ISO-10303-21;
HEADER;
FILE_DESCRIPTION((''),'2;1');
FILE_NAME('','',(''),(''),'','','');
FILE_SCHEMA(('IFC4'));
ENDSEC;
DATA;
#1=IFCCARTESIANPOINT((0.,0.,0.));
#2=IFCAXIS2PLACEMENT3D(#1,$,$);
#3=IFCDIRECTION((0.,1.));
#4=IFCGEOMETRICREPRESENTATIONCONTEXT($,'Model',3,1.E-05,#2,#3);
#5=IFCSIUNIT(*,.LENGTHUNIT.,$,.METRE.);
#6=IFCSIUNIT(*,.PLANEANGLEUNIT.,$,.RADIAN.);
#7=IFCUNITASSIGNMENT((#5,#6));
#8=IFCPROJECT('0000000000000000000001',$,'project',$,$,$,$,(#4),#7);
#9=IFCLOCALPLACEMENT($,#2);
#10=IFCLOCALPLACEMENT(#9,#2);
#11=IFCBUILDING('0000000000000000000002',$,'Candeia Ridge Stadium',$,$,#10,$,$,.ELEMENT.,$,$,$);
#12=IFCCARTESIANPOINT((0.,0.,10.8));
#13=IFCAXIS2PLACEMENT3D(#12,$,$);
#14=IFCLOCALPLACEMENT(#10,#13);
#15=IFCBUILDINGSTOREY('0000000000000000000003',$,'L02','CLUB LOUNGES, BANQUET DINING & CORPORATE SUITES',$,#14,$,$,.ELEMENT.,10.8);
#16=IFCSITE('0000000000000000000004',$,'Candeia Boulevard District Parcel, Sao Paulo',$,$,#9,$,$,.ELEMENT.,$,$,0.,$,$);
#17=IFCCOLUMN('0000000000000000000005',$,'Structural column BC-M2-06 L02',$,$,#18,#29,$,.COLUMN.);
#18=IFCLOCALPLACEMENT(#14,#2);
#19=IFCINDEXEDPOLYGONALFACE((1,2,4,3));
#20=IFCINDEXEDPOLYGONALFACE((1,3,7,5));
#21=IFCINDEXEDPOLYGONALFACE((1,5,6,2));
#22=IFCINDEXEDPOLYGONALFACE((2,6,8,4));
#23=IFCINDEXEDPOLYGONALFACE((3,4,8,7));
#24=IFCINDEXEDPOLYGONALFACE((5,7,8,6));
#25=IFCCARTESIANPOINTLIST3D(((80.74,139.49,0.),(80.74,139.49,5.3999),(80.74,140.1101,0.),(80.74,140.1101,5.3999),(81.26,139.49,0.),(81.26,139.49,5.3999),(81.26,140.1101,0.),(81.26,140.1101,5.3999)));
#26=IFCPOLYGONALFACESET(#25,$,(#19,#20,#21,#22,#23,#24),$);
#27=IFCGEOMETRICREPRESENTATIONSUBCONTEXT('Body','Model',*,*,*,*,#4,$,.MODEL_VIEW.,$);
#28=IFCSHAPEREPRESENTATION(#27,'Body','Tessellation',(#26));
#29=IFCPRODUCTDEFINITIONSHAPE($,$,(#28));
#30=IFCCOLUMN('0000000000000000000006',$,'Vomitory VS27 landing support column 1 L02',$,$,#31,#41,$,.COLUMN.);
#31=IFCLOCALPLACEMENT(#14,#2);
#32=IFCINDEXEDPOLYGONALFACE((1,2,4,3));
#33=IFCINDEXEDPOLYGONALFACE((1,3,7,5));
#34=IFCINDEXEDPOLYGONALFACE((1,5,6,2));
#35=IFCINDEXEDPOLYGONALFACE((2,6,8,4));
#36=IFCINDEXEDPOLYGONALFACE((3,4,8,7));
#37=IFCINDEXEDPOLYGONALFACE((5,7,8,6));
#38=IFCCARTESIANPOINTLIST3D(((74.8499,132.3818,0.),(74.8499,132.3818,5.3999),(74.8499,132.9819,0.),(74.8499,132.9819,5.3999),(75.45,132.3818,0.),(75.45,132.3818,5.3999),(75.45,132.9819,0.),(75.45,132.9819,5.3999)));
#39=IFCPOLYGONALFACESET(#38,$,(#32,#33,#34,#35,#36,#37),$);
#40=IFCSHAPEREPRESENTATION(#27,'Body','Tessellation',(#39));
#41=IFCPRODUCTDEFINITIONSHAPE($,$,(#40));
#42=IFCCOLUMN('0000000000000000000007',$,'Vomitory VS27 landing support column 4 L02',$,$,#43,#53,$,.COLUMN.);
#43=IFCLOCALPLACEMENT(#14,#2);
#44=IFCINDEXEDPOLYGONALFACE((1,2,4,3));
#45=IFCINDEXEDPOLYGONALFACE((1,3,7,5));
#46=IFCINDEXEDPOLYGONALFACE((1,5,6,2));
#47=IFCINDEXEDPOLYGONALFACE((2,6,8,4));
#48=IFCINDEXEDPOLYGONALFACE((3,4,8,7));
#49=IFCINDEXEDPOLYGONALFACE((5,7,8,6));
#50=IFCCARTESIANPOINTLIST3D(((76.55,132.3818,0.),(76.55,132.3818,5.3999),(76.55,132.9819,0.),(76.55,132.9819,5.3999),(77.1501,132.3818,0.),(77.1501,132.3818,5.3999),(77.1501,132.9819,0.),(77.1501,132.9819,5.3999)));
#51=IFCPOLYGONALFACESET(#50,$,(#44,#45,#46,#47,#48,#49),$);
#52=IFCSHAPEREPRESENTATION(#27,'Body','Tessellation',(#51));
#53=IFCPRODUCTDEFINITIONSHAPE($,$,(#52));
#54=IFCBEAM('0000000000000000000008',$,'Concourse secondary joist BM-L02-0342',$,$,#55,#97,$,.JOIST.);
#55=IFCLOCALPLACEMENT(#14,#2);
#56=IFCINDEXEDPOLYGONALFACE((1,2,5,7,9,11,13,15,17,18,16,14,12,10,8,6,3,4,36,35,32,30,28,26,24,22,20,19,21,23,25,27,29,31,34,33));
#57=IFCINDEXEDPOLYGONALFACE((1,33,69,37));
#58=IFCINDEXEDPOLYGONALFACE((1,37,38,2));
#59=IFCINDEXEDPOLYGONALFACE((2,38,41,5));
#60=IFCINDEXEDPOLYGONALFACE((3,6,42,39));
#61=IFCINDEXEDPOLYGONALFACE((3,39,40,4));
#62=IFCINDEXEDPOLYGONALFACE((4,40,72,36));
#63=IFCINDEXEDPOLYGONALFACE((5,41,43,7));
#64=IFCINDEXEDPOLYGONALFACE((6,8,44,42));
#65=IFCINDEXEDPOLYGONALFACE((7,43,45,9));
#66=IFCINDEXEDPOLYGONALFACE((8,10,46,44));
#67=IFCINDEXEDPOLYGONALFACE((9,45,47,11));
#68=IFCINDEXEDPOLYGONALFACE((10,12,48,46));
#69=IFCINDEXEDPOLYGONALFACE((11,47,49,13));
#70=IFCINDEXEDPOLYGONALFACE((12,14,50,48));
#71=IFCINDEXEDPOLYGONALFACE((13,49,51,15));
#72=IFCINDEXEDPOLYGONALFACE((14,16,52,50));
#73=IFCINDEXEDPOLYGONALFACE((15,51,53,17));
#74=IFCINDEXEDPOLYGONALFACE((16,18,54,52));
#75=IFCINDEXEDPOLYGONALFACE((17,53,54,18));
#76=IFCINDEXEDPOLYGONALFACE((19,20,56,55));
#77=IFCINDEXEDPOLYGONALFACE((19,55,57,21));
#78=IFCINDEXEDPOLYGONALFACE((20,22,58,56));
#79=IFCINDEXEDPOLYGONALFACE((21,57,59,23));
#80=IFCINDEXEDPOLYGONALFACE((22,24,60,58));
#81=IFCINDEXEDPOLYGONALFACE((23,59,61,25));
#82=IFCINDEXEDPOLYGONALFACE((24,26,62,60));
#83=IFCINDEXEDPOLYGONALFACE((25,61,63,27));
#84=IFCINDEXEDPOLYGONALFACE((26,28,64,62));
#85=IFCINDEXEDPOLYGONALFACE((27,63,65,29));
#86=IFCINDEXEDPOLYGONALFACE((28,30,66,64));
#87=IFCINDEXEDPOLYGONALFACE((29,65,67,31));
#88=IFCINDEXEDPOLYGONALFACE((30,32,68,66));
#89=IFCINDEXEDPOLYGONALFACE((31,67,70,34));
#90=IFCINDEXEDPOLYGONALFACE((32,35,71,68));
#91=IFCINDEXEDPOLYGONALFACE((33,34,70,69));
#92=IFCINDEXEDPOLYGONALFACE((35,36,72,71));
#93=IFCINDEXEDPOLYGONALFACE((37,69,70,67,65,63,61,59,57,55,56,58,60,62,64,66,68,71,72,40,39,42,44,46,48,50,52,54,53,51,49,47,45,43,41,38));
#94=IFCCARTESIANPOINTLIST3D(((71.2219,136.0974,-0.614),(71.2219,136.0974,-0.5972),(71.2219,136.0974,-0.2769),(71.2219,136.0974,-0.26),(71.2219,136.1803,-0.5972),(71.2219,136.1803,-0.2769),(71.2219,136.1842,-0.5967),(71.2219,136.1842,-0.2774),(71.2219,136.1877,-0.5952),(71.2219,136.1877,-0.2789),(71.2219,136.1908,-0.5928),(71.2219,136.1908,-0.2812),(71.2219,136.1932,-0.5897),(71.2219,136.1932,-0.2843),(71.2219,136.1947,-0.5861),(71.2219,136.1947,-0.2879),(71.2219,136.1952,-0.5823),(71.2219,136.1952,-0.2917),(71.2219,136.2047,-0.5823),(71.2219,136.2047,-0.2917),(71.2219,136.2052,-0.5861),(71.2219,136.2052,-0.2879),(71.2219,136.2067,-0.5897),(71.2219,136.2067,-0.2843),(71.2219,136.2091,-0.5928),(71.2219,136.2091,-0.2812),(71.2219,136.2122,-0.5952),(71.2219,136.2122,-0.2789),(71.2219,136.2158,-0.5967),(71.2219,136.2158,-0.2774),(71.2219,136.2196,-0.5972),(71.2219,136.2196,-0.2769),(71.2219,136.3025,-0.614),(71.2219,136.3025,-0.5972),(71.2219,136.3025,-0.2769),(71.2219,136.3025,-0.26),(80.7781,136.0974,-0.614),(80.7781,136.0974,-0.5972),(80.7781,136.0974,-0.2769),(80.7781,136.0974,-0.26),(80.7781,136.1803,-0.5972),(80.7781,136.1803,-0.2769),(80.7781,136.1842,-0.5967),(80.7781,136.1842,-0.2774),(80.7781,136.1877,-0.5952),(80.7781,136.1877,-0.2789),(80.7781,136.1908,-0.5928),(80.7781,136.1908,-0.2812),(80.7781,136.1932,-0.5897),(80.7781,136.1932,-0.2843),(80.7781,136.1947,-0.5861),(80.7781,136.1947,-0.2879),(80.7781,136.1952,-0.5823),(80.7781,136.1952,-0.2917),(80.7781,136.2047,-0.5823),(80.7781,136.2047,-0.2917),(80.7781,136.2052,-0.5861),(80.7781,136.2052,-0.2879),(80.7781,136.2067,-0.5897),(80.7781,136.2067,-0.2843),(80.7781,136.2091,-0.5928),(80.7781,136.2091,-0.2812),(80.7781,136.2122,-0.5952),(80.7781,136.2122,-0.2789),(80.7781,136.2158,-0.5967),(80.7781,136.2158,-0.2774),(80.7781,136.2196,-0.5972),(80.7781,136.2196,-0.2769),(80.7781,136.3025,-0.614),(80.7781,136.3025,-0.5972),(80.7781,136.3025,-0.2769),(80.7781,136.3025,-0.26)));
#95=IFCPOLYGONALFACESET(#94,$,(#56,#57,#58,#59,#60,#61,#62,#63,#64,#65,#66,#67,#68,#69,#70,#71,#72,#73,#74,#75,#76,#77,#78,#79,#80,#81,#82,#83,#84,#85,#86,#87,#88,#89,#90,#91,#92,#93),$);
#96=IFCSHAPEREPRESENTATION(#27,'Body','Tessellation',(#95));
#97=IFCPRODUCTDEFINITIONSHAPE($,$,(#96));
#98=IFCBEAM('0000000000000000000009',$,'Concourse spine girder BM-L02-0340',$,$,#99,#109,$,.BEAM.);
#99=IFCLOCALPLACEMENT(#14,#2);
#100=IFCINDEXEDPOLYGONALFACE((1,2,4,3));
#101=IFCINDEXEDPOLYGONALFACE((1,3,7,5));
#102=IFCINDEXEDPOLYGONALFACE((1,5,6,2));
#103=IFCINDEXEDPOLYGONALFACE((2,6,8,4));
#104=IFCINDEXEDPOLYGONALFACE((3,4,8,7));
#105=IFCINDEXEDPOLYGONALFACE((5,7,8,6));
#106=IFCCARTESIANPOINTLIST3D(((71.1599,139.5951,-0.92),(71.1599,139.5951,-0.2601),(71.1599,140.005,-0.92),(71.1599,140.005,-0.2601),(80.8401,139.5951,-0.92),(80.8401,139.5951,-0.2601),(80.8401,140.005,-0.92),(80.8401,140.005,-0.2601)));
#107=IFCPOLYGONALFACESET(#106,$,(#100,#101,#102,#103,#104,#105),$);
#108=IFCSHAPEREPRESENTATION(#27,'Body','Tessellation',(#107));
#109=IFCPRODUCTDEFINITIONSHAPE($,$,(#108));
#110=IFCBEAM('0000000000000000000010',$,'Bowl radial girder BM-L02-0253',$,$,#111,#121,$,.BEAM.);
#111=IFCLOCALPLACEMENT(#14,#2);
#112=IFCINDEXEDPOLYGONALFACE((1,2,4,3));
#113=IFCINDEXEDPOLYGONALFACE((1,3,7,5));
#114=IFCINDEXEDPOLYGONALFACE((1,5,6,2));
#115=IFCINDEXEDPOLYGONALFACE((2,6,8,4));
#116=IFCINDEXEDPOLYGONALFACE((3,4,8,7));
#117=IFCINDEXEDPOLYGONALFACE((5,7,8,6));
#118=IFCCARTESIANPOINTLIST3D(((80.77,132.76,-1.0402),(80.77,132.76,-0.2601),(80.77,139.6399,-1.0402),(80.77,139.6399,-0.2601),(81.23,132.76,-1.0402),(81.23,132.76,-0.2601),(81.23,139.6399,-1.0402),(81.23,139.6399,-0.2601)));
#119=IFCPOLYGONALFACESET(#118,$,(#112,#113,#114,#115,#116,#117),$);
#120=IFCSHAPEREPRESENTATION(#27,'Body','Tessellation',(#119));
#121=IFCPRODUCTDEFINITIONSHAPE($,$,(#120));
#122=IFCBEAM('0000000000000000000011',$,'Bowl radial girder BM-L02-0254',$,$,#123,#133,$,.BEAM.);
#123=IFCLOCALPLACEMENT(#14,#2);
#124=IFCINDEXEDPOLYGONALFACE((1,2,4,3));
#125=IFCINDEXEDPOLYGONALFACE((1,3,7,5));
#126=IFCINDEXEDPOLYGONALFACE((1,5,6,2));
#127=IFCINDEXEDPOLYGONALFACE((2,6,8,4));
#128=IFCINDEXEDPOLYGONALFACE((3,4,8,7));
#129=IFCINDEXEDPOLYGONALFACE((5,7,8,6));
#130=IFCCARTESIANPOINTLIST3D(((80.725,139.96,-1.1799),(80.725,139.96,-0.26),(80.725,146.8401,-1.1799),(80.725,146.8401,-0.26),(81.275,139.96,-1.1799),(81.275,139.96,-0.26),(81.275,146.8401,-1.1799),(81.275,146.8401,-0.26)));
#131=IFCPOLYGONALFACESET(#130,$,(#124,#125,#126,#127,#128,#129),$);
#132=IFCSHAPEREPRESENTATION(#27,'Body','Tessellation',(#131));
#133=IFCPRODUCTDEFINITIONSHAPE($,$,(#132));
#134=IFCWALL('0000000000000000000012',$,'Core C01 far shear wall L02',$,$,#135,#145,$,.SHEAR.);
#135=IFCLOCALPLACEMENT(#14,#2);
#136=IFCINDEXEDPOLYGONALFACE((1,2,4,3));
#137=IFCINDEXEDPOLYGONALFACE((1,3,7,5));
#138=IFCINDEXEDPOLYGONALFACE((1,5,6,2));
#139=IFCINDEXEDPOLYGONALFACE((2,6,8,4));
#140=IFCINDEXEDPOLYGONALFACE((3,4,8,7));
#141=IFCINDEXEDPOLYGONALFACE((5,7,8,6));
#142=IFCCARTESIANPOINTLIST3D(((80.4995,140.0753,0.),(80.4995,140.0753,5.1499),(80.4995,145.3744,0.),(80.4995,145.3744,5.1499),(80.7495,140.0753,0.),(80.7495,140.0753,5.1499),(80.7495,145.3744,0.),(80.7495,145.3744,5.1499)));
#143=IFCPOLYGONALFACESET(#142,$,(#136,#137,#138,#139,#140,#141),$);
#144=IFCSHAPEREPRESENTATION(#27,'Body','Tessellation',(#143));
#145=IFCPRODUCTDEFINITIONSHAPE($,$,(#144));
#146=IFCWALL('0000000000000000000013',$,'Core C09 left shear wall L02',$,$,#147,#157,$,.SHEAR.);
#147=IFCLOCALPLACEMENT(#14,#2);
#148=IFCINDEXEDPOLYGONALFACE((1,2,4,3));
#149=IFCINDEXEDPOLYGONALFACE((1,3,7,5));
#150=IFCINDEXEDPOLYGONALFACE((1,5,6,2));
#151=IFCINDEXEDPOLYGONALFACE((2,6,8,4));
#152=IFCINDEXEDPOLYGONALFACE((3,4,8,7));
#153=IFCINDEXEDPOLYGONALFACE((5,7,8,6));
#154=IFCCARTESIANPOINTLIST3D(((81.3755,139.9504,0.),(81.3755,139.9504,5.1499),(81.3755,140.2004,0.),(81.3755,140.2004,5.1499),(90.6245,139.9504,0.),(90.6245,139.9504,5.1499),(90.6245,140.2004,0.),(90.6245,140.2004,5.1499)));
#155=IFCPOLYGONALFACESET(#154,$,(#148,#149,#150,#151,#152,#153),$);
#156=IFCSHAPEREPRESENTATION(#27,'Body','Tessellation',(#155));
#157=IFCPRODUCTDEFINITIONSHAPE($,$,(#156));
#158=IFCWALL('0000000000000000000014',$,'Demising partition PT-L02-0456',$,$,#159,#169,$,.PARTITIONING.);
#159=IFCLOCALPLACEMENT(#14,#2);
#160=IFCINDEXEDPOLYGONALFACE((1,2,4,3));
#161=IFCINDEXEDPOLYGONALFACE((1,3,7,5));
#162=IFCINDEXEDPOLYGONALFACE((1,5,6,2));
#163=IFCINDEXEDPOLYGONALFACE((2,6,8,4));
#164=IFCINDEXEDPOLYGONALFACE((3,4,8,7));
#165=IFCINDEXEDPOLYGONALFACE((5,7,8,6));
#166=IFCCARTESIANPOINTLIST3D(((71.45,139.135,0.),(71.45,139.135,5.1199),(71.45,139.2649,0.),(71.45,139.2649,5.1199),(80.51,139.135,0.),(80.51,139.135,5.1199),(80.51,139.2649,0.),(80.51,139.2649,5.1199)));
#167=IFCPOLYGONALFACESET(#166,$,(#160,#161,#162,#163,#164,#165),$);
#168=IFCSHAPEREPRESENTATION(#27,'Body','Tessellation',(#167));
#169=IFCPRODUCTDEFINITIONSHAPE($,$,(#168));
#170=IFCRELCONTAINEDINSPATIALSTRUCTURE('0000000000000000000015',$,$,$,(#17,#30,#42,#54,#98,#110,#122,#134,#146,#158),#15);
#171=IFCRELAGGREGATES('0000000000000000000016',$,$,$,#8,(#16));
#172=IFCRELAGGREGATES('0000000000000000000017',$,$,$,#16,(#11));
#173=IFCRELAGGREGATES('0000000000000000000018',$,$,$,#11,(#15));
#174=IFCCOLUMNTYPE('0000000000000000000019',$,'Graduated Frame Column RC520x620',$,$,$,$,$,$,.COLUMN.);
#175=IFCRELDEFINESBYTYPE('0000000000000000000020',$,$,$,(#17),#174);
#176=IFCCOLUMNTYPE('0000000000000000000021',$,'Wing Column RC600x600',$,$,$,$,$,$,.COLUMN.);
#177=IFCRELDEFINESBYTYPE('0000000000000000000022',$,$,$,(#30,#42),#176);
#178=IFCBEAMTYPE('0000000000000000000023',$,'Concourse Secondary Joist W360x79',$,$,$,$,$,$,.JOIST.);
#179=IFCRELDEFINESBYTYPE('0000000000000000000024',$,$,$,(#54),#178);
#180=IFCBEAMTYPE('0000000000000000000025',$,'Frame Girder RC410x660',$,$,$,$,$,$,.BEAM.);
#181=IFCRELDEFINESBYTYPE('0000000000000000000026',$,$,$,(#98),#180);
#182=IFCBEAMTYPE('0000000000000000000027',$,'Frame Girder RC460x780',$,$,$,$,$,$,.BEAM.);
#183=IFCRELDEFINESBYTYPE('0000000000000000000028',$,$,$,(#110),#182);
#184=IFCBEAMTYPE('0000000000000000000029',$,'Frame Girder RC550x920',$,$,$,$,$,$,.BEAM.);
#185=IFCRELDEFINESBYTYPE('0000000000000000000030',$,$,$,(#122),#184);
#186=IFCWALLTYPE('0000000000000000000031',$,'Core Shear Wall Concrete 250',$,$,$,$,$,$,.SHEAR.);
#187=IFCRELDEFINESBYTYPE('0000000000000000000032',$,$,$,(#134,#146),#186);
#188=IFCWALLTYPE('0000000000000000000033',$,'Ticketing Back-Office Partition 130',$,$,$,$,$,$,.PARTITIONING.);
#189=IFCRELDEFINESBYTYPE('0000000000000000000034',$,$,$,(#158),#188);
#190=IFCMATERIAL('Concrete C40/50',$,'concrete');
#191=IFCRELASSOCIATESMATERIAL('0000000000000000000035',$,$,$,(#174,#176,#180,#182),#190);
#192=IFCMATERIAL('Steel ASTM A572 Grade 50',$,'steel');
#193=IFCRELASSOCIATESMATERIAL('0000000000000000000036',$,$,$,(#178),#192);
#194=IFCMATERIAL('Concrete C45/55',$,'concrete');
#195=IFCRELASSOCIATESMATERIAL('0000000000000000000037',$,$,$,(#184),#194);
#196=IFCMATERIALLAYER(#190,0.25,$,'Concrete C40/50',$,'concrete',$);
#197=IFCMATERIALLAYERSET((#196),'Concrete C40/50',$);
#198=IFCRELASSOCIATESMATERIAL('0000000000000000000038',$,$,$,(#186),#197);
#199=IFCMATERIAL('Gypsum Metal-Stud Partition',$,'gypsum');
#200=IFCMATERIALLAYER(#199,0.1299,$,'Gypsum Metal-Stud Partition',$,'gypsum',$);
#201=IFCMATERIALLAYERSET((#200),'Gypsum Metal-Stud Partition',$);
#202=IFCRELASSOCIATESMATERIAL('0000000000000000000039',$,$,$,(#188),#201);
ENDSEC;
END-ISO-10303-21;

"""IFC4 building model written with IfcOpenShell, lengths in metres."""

from ifc_helpers import new_model, si_unit, direction, frame, frame_2d, origin, origin_2d, place, context, subcontext, project, spatial, rectangle, i_section, extrude, material, layer, layer_set, material_profile, profile_set, type_object, element, save


model = new_model("IFC4")

# Units and contexts
model_context = context("Model", 3, precision=1e-05, world=origin(), true_north=direction((0.0, 1.0)))
body_context = subcontext(model_context, "Body", "Model", "MODEL_VIEW")
ifc_project = project(units=[si_unit("LENGTHUNIT", "METRE"), si_unit("PLANEANGLEUNIT", "RADIAN")], contexts=[model_context])

# Site, building, storey
site_placement = place(None, origin())
site = spatial("IfcSite", under=ifc_project, at=site_placement, Name="Candeia Boulevard District Parcel, Sao Paulo", CompositionType="ELEMENT", RefElevation=0.0)
building_placement = place(site_placement, origin())
building = spatial("IfcBuilding", under=site, at=building_placement, Name="Candeia Ridge Stadium", CompositionType="ELEMENT")
storey_placement = place(building_placement, frame((0.0, 0.0, 10.8)))
storey = spatial("IfcBuildingStorey", under=building, at=storey_placement, Name="L02", Description="CLUB LOUNGES, BANQUET DINING & CORPORATE SUITES", CompositionType="ELEMENT", Elevation=10.8)

# Columns
ifc_material_1 = material(Name="Concrete C40/50", Category="concrete")
ifc_material_profile_1 = material_profile(ifc_material_1, rectangle(XDim=0.52, YDim=0.6201, at=origin_2d()), Name="RC520x620", Category="concrete")
ifc_profile_set_1 = profile_set([ifc_material_profile_1], Name="Concrete C40/50")
column_type_1 = type_object("IfcColumnType", Name="Graduated Frame Column RC520x620", PredefinedType="COLUMN", material=ifc_profile_set_1)
column_placement = place(storey_placement, frame((81.0, 139.8, 0.0), z_axis=(0.0, 0.0, 1.0), x_axis=(1.0, 0.0, 0.0)))
element("IfcColumn", 1, at=column_placement, inside=storey, type_object=column_type_1, Name="Structural column BC-M2-06 L02", PredefinedType="COLUMN", context=body_context, shape_type="SweptSolid", body=[
    extrude(rectangle(XDim=0.52, YDim=0.6201, at=origin_2d()), origin(), (0.0, 0.0, 1.0), 5.3999),
])
ifc_material_profile_2 = material_profile(ifc_material_1, rectangle(XDim=0.6001, YDim=0.6001, at=origin_2d()), Name="RC600x600", Category="concrete")
ifc_profile_set_2 = profile_set([ifc_material_profile_2], Name="Concrete C40/50")
column_type_2 = type_object("IfcColumnType", Name="Wing Column RC600x600", PredefinedType="COLUMN", material=ifc_profile_set_2)
for number, where, z_axis, x_axis, name in (
    (2, (75.1499, 132.6819, 0.0), (0.0, 0.0, 1.0), (1.0, 0.0, 0.0), "Vomitory VS27 landing support column 1 L02"),
    (3, (76.8501, 132.6819, 0.0), (0.0, 0.0, 1.0), (1.0, 0.0, 0.0), "Vomitory VS27 landing support column 4 L02"),
):
    element("IfcColumn", number, at=place(storey_placement, frame(where, z_axis=z_axis, x_axis=x_axis)), inside=storey, type_object=column_type_2, Name=name, PredefinedType="COLUMN", context=body_context, shape_type="SweptSolid", body=[
        extrude(rectangle(XDim=0.6001, YDim=0.6001, at=origin_2d()), origin(), (0.0, 0.0, 1.0), 5.3999),
    ])

# Beams
ifc_material_2 = material(Name="Steel ASTM A572 Grade 50", Category="steel")
ifc_material_profile_3 = material_profile(ifc_material_2, i_section(OverallWidth=0.2051, OverallDepth=0.354, WebThickness=0.0095, FlangeThickness=0.0168, FilletRadius=0.0149, at=origin_2d()), Name="W360x79", Category="steel")
ifc_profile_set_3 = profile_set([ifc_material_profile_3], Name="Steel ASTM A572 Grade 50")
beam_type_1 = type_object("IfcBeamType", Name="Concourse Secondary Joist W360x79", PredefinedType="JOIST", material=ifc_profile_set_3)
beam_1_placement = place(storey_placement, frame((80.7781, 136.2, -0.437), z_axis=(-1.0, 0.0, 0.0), x_axis=(0.0, -1.0, 0.0)))
element("IfcBeam", 4, at=beam_1_placement, inside=storey, type_object=beam_type_1, Name="Concourse secondary joist BM-L02-0342", PredefinedType="JOIST", context=body_context, shape_type="SweptSolid", body=[
    extrude(i_section(OverallWidth=0.2051, OverallDepth=0.354, WebThickness=0.0095, FlangeThickness=0.0168, FilletRadius=0.0149, at=origin_2d()), origin(), (0.0, 0.0, 1.0), 9.5562),
])
ifc_material_profile_4 = material_profile(ifc_material_1, rectangle(XDim=0.4099, YDim=0.6599, at=origin_2d()), Name="RC410x660", Category="concrete")
ifc_profile_set_4 = profile_set([ifc_material_profile_4], Name="Concrete C40/50")
beam_type_2 = type_object("IfcBeamType", Name="Frame Girder RC410x660", PredefinedType="BEAM", material=ifc_profile_set_4)
beam_2_placement = place(storey_placement, frame((80.8401, 139.8, -0.5901), z_axis=(-1.0, 0.0, 0.0), x_axis=(0.0, -1.0, 0.0)))
element("IfcBeam", 5, at=beam_2_placement, inside=storey, type_object=beam_type_2, Name="Concourse spine girder BM-L02-0340", PredefinedType="BEAM", context=body_context, shape_type="SweptSolid", body=[
    extrude(rectangle(XDim=0.4099, YDim=0.6599, at=origin_2d()), origin(), (0.0, 0.0, 1.0), 9.6802),
])
ifc_material_profile_5 = material_profile(ifc_material_1, rectangle(XDim=0.46, YDim=0.78, at=origin_2d()), Name="RC460x780", Category="concrete")
ifc_profile_set_5 = profile_set([ifc_material_profile_5], Name="Concrete C40/50")
beam_type_3 = type_object("IfcBeamType", Name="Frame Girder RC460x780", PredefinedType="BEAM", material=ifc_profile_set_5)
beam_3_placement = place(storey_placement, frame((81.0, 132.76, -0.6501), z_axis=(0.0, 1.0, 0.0), x_axis=(-1.0, 0.0, 0.0)))
element("IfcBeam", 6, at=beam_3_placement, inside=storey, type_object=beam_type_3, Name="Bowl radial girder BM-L02-0253", PredefinedType="BEAM", context=body_context, shape_type="SweptSolid", body=[
    extrude(rectangle(XDim=0.46, YDim=0.78, at=origin_2d()), origin(), (0.0, 0.0, 1.0), 6.8799),
])
ifc_material_3 = material(Name="Concrete C45/55", Category="concrete")
ifc_material_profile_6 = material_profile(ifc_material_3, rectangle(XDim=0.55, YDim=0.9199, at=origin_2d()), Name="RC550x920", Category="concrete")
ifc_profile_set_6 = profile_set([ifc_material_profile_6], Name="Concrete C45/55")
beam_type_4 = type_object("IfcBeamType", Name="Frame Girder RC550x920", PredefinedType="BEAM", material=ifc_profile_set_6)
beam_4_placement = place(storey_placement, frame((81.0, 139.96, -0.72), z_axis=(0.0, 1.0, 0.0), x_axis=(-1.0, 0.0, 0.0)))
element("IfcBeam", 7, at=beam_4_placement, inside=storey, type_object=beam_type_4, Name="Bowl radial girder BM-L02-0254", PredefinedType="BEAM", context=body_context, shape_type="SweptSolid", body=[
    extrude(rectangle(XDim=0.55, YDim=0.9199, at=origin_2d()), origin(), (0.0, 0.0, 1.0), 6.8801),
])

# Walls
ifc_layer_1 = layer(ifc_material_1, 0.25, Name="Concrete C40/50", Category="concrete")
ifc_layer_set_1 = layer_set([ifc_layer_1], Name="Concrete C40/50")
wall_type_1 = type_object("IfcWallType", Name="Core Shear Wall Concrete 250", PredefinedType="SHEAR", material=ifc_layer_set_1)
wall_1_placement = place(storey_placement, frame((80.6245, 140.0754, 0.0), z_axis=(0.0, 0.0, 1.0), x_axis=(0.0, 1.0, 0.0)))
element("IfcWall", 8, at=wall_1_placement, inside=storey, type_object=wall_type_1, Name="Core C01 far shear wall L02", PredefinedType="SHEAR", context=body_context, shape_type="SweptSolid", body=[
    extrude(rectangle(XDim=5.2991, YDim=0.25, at=frame_2d((2.6494, 0.0))), origin(), (0.0, 0.0, 1.0), 5.1499),
])
wall_2_placement = place(storey_placement, frame((81.3755, 140.0754, 0.0), z_axis=(0.0, 0.0, 1.0), x_axis=(1.0, 0.0, 0.0)))
element("IfcWall", 9, at=wall_2_placement, inside=storey, type_object=wall_type_1, Name="Core C09 left shear wall L02", PredefinedType="SHEAR", context=body_context, shape_type="SweptSolid", body=[
    extrude(rectangle(XDim=9.249, YDim=0.25, at=frame_2d((4.6245, 0.0))), origin(), (0.0, 0.0, 1.0), 5.1499),
])
ifc_material_4 = material(Name="Gypsum Metal-Stud Partition", Category="gypsum")
ifc_layer_2 = layer(ifc_material_4, 0.1299, Name="Gypsum Metal-Stud Partition", Category="gypsum")
ifc_layer_set_2 = layer_set([ifc_layer_2], Name="Gypsum Metal-Stud Partition")
wall_type_2 = type_object("IfcWallType", Name="Ticketing Back-Office Partition 130", PredefinedType="PARTITIONING", material=ifc_layer_set_2)
wall_3_placement = place(storey_placement, frame((80.51, 139.2, 0.0), z_axis=(0.0, 0.0, 1.0), x_axis=(-1.0, 0.0, 0.0)))
element("IfcWall", 10, at=wall_3_placement, inside=storey, type_object=wall_type_2, Name="Demising partition PT-L02-0456", PredefinedType="PARTITIONING", context=body_context, shape_type="SweptSolid", body=[
    extrude(rectangle(XDim=9.0601, YDim=0.1299, at=frame_2d((4.53, 0.0))), origin(), (0.0, 0.0, 1.0), 5.1199),
])

save(model, "model.ifc")
